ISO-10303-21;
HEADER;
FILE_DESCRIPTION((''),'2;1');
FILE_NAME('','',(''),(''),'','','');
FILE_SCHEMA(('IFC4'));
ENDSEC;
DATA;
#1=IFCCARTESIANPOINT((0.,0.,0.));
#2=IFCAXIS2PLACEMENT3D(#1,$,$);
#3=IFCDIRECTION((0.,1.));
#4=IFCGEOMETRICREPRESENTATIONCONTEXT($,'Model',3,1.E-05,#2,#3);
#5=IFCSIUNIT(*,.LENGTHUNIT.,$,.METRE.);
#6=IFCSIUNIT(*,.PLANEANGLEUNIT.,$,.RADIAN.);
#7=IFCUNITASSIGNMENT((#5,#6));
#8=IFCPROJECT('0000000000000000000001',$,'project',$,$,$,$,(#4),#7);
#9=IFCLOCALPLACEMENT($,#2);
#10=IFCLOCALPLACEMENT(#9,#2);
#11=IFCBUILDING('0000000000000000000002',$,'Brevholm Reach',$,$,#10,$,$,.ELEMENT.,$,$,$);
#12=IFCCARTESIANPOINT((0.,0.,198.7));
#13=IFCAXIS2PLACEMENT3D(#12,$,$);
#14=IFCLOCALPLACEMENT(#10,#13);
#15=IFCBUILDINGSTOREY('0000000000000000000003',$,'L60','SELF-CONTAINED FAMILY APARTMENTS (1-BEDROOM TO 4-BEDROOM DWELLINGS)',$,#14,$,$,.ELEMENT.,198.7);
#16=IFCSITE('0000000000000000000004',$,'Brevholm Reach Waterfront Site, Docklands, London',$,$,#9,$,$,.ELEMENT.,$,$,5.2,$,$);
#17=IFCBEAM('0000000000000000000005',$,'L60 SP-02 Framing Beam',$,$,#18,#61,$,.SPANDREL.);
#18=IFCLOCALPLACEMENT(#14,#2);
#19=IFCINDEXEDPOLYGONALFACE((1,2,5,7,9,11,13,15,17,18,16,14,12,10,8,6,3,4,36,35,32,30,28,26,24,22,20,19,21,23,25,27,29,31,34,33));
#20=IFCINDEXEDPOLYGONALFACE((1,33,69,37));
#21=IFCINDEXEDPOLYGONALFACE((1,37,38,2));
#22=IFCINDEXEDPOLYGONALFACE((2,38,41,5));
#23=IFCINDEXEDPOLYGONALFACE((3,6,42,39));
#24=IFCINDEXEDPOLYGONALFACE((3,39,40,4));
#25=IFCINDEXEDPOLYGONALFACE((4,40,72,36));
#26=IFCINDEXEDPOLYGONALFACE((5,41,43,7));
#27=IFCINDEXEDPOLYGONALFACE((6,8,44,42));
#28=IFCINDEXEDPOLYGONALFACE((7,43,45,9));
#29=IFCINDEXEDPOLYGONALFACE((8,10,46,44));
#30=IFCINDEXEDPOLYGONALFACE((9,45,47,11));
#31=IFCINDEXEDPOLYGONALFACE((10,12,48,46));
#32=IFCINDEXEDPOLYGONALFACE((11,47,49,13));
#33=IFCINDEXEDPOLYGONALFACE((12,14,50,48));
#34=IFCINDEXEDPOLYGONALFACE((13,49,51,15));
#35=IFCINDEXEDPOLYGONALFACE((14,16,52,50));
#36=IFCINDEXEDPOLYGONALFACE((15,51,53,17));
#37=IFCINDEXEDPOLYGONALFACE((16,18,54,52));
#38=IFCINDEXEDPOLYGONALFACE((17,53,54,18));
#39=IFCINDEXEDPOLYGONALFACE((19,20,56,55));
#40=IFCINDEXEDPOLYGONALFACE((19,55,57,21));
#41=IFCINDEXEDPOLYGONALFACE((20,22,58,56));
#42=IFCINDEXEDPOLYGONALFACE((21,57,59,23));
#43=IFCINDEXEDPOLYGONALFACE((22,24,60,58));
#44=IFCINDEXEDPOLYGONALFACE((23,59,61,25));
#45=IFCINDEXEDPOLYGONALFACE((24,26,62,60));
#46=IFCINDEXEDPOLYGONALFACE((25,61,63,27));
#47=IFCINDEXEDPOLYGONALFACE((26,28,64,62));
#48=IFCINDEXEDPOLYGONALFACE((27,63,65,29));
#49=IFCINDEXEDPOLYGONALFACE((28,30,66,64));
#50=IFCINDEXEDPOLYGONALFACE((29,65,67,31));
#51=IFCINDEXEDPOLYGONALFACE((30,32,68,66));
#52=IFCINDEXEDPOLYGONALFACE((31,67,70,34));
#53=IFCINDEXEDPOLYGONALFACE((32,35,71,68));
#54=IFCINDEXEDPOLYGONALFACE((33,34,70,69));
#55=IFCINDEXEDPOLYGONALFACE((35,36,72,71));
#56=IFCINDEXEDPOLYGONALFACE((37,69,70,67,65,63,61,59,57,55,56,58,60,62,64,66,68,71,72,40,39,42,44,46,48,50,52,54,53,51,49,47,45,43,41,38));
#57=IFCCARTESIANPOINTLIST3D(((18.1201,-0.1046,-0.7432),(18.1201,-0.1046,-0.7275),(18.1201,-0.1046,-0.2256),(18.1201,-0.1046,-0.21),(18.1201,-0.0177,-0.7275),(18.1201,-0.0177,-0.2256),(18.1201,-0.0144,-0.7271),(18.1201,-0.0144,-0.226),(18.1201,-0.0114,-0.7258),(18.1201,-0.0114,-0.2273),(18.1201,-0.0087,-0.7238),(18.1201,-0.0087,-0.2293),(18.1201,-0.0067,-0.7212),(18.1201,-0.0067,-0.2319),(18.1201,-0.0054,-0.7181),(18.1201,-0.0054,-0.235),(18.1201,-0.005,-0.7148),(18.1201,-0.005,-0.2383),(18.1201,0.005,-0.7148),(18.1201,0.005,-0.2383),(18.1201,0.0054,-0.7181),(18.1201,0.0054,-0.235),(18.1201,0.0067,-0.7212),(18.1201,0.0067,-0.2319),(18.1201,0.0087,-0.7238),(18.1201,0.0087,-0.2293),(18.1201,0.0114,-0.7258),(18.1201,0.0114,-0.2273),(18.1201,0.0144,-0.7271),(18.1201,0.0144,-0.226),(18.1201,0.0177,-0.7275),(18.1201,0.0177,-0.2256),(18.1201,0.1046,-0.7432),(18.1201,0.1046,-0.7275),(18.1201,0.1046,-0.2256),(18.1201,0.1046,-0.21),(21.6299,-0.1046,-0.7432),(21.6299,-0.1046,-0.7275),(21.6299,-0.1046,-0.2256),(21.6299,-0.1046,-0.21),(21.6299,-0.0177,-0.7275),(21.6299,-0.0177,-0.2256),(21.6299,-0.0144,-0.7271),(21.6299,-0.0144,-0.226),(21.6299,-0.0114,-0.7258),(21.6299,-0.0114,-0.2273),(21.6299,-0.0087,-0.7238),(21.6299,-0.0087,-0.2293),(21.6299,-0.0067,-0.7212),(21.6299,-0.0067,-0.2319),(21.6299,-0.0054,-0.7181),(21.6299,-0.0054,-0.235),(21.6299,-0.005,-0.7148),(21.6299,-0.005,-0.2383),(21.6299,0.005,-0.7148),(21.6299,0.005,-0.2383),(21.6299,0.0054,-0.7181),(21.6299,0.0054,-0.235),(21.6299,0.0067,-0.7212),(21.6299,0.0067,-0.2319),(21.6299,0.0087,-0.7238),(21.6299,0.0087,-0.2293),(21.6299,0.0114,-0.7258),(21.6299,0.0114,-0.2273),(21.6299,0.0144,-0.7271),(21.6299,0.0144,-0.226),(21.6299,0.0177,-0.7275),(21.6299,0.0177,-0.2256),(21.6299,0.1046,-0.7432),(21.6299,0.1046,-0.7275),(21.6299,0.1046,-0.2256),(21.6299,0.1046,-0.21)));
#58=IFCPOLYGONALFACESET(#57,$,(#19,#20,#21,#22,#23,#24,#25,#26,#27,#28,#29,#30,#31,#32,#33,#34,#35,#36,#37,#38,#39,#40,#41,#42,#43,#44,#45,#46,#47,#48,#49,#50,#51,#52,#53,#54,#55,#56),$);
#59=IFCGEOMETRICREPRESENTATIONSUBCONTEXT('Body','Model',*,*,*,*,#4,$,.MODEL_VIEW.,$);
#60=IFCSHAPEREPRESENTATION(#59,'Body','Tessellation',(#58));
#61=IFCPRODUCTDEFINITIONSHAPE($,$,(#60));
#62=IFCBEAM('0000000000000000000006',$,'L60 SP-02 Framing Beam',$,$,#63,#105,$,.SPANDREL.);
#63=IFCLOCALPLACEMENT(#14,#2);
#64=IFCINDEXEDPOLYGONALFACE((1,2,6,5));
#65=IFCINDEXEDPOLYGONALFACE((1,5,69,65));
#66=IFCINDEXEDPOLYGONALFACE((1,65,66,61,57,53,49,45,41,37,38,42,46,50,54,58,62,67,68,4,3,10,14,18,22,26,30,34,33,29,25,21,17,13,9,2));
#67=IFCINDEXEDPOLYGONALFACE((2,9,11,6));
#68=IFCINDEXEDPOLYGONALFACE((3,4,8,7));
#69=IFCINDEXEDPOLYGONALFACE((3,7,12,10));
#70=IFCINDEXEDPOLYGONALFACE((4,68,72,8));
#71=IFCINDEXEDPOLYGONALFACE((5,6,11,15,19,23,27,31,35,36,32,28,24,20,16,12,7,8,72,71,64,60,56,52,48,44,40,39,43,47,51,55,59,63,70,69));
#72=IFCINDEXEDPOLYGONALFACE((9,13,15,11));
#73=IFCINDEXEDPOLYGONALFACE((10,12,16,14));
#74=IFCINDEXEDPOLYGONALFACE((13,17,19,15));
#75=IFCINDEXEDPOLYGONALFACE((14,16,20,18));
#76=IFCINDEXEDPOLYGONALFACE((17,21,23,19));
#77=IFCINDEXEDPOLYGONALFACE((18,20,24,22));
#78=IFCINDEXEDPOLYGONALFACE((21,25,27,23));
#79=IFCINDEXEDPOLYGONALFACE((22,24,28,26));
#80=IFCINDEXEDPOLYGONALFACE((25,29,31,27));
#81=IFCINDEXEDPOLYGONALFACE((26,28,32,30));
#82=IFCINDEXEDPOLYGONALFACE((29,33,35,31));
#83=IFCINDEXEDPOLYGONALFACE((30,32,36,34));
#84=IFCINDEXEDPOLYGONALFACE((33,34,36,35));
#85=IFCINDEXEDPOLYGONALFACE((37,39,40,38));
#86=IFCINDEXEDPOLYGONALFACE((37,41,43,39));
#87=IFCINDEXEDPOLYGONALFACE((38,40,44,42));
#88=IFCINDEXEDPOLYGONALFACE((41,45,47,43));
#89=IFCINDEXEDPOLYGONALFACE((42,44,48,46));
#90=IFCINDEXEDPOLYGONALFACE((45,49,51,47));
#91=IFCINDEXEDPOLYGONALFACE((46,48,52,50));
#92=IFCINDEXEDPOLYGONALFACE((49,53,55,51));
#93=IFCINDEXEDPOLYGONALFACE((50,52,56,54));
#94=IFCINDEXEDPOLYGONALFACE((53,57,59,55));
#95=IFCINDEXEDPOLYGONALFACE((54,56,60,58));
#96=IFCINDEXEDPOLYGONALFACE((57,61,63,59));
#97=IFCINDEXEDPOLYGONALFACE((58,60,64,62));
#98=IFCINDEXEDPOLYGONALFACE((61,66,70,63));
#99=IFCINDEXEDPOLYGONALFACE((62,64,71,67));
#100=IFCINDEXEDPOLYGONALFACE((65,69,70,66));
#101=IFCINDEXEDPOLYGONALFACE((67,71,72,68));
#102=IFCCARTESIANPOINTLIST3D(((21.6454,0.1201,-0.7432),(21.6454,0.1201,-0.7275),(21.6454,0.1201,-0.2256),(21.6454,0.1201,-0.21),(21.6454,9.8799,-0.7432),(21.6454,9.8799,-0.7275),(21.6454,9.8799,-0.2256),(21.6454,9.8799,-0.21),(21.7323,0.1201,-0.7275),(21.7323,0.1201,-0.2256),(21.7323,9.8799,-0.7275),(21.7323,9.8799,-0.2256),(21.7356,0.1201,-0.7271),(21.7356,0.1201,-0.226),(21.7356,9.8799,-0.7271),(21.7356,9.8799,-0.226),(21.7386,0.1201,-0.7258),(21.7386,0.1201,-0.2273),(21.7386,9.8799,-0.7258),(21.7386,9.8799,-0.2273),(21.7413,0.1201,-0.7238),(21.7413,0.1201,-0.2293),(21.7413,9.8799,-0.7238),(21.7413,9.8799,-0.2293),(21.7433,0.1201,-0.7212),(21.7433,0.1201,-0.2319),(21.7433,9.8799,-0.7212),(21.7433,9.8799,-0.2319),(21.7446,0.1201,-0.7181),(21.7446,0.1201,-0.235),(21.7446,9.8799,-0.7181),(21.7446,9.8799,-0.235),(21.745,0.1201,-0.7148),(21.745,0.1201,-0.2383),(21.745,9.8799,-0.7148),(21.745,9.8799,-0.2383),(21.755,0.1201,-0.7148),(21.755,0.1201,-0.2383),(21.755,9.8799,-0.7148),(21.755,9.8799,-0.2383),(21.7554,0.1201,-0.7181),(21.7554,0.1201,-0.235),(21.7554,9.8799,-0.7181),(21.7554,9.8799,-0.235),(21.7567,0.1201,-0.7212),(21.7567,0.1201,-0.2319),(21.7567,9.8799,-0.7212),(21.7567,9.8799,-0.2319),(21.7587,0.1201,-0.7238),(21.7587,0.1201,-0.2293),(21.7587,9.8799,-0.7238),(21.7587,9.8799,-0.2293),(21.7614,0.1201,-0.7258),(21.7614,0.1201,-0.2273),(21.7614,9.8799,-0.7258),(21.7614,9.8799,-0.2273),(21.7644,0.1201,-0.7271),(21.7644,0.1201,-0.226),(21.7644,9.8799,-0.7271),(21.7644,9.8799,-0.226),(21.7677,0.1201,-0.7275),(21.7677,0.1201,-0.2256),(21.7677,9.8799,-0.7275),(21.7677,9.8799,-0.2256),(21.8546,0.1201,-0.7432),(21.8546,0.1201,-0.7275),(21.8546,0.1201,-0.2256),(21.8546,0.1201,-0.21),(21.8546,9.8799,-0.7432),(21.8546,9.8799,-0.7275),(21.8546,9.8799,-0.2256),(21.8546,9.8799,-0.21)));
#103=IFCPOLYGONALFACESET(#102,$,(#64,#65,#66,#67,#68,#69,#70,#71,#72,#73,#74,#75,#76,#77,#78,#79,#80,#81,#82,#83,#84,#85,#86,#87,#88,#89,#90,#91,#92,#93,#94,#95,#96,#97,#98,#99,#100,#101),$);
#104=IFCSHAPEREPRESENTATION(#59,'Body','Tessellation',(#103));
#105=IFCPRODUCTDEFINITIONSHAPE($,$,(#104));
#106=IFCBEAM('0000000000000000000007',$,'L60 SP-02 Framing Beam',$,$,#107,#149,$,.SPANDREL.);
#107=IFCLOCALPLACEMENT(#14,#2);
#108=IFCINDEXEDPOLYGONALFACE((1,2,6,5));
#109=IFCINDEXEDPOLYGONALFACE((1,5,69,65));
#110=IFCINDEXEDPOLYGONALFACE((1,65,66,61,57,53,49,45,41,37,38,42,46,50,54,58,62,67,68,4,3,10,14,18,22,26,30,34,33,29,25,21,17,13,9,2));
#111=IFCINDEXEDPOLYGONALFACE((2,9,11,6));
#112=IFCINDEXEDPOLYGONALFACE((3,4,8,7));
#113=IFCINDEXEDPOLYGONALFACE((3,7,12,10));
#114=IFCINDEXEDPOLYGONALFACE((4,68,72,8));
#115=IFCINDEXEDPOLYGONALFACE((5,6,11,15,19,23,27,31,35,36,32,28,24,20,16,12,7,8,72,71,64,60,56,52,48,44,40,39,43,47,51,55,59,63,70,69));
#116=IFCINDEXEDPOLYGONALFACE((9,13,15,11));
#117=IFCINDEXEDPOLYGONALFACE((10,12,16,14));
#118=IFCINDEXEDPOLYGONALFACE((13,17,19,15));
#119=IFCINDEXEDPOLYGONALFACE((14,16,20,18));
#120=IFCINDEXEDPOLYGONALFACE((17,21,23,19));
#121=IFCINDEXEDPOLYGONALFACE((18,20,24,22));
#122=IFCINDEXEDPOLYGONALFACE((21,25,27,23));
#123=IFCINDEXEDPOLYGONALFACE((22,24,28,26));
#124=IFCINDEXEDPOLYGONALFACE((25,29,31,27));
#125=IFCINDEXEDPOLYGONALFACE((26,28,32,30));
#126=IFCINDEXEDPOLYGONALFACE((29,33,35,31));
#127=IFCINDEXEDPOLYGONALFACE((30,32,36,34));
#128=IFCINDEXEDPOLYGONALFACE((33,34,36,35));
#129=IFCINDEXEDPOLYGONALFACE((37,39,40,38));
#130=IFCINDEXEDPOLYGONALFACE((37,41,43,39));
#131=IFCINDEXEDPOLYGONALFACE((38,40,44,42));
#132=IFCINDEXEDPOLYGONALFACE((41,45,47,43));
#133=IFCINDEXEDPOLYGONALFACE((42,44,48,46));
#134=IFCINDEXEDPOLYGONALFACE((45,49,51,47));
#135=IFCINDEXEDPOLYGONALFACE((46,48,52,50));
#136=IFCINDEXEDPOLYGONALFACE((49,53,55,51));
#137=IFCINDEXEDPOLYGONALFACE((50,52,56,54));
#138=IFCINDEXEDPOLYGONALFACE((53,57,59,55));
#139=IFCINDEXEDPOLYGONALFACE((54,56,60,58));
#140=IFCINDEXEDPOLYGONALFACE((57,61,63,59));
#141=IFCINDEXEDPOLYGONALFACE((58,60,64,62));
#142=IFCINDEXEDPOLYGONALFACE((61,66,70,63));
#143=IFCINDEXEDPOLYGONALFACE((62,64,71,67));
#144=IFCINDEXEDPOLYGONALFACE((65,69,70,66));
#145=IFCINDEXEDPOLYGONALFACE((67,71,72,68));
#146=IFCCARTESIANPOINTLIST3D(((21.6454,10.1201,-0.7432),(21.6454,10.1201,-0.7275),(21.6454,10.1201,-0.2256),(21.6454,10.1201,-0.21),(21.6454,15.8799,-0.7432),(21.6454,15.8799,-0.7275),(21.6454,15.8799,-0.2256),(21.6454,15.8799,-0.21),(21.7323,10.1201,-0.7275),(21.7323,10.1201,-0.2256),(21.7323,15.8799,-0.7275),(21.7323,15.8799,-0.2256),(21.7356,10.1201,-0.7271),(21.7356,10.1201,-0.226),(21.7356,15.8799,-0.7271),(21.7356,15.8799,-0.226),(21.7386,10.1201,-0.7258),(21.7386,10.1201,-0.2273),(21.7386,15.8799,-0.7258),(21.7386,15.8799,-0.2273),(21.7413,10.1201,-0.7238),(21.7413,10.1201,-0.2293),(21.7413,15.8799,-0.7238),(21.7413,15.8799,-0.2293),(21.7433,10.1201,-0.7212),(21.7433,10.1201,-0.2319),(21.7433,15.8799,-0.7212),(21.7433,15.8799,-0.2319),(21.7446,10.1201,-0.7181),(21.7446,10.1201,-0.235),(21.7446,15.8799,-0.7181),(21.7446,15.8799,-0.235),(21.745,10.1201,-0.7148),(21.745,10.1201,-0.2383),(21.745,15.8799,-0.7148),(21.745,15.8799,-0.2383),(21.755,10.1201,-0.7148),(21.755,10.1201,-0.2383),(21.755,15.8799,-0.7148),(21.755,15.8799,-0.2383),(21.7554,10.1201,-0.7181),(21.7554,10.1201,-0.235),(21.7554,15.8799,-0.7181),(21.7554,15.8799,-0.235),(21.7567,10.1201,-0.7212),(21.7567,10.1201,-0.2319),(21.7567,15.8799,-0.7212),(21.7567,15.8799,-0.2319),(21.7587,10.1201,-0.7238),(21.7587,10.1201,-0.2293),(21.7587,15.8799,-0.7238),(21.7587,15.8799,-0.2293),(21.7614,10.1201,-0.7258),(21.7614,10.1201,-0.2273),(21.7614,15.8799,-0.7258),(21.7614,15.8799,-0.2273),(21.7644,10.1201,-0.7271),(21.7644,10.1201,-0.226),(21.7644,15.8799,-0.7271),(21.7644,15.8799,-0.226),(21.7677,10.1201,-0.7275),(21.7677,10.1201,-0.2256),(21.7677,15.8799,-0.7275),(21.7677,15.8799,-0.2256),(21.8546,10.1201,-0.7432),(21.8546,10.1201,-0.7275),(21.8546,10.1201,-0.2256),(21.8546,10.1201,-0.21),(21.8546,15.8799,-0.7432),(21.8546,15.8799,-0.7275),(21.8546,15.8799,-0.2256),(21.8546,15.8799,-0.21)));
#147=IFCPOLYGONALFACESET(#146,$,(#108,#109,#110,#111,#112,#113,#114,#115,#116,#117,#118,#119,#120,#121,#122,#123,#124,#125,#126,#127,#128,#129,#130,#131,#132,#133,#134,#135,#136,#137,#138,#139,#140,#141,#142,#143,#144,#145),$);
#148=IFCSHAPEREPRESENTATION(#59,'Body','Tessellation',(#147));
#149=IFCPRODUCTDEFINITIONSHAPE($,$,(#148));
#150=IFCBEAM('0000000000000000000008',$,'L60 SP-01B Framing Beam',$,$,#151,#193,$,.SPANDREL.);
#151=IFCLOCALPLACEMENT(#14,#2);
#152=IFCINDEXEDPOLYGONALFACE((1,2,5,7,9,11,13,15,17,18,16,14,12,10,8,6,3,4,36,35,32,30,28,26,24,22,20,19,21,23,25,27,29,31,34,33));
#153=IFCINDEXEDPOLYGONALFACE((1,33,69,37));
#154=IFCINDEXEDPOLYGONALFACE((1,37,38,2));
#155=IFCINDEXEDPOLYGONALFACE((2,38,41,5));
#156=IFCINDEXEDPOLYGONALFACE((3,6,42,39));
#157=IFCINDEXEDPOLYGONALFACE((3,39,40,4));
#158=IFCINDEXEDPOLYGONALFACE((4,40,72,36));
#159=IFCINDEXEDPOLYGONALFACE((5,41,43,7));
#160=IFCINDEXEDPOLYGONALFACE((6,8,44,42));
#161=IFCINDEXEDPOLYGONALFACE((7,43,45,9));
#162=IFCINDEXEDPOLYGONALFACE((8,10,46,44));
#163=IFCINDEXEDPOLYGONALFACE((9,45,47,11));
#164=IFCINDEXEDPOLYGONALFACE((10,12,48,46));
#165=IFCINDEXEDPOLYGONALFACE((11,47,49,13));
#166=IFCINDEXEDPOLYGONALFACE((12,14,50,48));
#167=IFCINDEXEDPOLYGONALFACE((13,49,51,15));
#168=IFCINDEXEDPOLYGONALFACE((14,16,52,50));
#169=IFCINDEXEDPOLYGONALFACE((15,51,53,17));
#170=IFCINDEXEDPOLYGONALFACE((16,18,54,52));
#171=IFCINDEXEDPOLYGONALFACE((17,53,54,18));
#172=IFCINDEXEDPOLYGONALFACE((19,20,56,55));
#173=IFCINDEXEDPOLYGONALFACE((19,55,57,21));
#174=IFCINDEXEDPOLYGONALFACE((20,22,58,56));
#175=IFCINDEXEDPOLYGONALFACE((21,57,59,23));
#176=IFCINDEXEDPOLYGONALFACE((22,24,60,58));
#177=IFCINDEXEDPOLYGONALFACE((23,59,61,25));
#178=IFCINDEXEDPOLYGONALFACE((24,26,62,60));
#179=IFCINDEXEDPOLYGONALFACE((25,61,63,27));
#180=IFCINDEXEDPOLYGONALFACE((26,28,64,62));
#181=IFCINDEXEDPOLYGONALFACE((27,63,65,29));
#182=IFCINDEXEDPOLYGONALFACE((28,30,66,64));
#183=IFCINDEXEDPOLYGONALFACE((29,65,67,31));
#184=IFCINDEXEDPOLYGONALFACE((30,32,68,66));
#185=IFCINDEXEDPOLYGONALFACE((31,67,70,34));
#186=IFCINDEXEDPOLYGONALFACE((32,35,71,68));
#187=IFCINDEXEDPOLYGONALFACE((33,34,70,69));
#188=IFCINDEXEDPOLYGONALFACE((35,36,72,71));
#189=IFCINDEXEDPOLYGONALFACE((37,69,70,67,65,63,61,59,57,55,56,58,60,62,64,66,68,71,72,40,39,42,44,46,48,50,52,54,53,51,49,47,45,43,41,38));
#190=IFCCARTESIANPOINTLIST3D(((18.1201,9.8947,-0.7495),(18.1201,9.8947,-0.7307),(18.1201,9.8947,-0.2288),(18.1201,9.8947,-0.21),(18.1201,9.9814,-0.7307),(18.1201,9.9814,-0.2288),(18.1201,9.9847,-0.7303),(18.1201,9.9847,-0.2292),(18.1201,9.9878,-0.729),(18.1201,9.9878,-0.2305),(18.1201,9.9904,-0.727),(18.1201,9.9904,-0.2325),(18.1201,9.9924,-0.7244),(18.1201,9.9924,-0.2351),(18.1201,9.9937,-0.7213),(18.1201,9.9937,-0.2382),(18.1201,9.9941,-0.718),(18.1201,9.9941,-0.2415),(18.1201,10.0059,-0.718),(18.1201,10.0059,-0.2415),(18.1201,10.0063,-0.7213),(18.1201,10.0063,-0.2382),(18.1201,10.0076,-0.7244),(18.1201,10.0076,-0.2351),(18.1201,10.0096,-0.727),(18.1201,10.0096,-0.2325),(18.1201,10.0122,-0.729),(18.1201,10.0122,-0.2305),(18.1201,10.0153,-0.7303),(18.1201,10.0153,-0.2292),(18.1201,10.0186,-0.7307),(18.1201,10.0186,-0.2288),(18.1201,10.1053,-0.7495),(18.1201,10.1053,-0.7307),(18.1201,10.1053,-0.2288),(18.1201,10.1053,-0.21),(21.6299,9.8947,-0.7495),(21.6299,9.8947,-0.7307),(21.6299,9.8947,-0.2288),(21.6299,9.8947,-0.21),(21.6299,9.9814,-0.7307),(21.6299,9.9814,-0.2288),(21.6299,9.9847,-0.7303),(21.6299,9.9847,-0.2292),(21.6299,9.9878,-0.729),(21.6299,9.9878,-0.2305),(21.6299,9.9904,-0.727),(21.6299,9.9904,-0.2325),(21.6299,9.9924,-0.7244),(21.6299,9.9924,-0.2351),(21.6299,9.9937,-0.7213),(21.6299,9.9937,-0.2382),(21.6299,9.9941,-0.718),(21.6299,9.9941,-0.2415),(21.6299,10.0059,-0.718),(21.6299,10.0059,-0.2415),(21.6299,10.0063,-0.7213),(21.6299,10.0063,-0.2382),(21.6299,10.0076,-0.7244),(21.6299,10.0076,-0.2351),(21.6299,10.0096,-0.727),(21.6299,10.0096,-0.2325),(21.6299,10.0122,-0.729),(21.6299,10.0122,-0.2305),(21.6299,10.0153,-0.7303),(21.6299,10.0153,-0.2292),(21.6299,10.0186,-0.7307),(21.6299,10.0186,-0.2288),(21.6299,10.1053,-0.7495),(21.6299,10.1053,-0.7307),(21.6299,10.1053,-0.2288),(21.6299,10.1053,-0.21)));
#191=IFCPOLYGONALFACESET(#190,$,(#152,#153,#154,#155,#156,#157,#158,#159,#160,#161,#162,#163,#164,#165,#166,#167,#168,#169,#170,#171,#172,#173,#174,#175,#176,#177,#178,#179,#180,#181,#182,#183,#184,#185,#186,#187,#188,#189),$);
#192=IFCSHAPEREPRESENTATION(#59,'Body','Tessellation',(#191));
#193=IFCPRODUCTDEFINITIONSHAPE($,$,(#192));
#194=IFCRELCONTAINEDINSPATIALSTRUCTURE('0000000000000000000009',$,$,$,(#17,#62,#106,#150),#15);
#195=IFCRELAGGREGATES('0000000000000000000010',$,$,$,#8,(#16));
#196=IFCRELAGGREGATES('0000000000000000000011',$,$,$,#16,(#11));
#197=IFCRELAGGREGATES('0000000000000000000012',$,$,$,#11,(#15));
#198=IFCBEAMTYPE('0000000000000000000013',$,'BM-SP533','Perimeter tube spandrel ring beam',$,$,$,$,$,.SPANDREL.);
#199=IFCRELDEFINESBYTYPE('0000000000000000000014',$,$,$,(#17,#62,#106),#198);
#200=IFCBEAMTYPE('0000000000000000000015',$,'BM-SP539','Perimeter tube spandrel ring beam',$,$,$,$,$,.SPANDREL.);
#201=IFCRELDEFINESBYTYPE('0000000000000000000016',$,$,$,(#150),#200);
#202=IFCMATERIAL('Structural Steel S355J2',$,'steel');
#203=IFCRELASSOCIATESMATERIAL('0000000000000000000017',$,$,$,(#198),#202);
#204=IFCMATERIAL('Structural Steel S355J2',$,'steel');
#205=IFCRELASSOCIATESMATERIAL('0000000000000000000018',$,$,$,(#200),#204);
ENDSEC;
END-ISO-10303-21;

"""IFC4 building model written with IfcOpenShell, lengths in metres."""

from ifc_helpers import new_model, si_unit, direction, frame, origin, origin_2d, place, context, subcontext, project, spatial, i_section, extrude, material, material_profile, profile_set, type_object, element, save


model = new_model("IFC4")

# Units and contexts
model_context = context("Model", 3, precision=1e-05, world=origin(), true_north=direction((0.0, 1.0)))
body_context = subcontext(model_context, "Body", "Model", "MODEL_VIEW")
ifc_project = project(units=[si_unit("LENGTHUNIT", "METRE"), si_unit("PLANEANGLEUNIT", "RADIAN")], contexts=[model_context])

# Site, building, storey
site_placement = place(None, origin())
site = spatial("IfcSite", under=ifc_project, at=site_placement, Name="Brevholm Reach Waterfront Site, Docklands, London", CompositionType="ELEMENT", RefElevation=5.2)
building_placement = place(site_placement, origin())
building = spatial("IfcBuilding", under=site, at=building_placement, Name="Brevholm Reach", CompositionType="ELEMENT")
storey_placement = place(building_placement, frame((0.0, 0.0, 198.7)))
storey = spatial("IfcBuildingStorey", under=building, at=storey_placement, Name="L60", Description="SELF-CONTAINED FAMILY APARTMENTS (1-BEDROOM TO 4-BEDROOM DWELLINGS)", CompositionType="ELEMENT", Elevation=198.7)

# Beams
ifc_material_1 = material(Name="Structural Steel S355J2", Category="steel")
ifc_material_profile_1 = material_profile(ifc_material_1, i_section(OverallWidth=0.2092, OverallDepth=0.5332, WebThickness=0.01, FlangeThickness=0.0156, FilletRadius=0.0127, at=origin_2d()), Name="UKB 533x210x92")
ifc_profile_set_1 = profile_set([ifc_material_profile_1], Name="Structural Steel S355J2")
beam_type_1 = type_object("IfcBeamType", Name="BM-SP533", Description="Perimeter tube spandrel ring beam", PredefinedType="SPANDREL", material=ifc_profile_set_1)
beam_1_placement = place(storey_placement, frame((18.1201, 0.0, -0.4766), z_axis=(1.0, 0.0, 0.0), x_axis=(0.0, 1.0, 0.0)))
element("IfcBeam", 1, at=beam_1_placement, inside=storey, type_object=beam_type_1, Name="L60 SP-02 Framing Beam", PredefinedType="SPANDREL", context=body_context, shape_type="SweptSolid", body=[
    extrude(i_section(OverallWidth=0.2092, OverallDepth=0.5332, WebThickness=0.01, FlangeThickness=0.0156, FilletRadius=0.0127, at=origin_2d()), origin(), (0.0, 0.0, 1.0), 3.5098),
])
beam_2_placement = place(storey_placement, frame((21.75, 0.1201, -0.4766), z_axis=(0.0, 1.0, 0.0), x_axis=(-1.0, 0.0, 0.0)))
element("IfcBeam", 2, at=beam_2_placement, inside=storey, type_object=beam_type_1, Name="L60 SP-02 Framing Beam", PredefinedType="SPANDREL", context=body_context, shape_type="SweptSolid", body=[
    extrude(i_section(OverallWidth=0.2092, OverallDepth=0.5332, WebThickness=0.01, FlangeThickness=0.0156, FilletRadius=0.0127, at=origin_2d()), origin(), (0.0, 0.0, 1.0), 9.7598),
])
beam_3_placement = place(storey_placement, frame((21.75, 10.1201, -0.4766), z_axis=(0.0, 1.0, 0.0), x_axis=(-1.0, 0.0, 0.0)))
element("IfcBeam", 3, at=beam_3_placement, inside=storey, type_object=beam_type_1, Name="L60 SP-02 Framing Beam", PredefinedType="SPANDREL", context=body_context, shape_type="SweptSolid", body=[
    extrude(i_section(OverallWidth=0.2092, OverallDepth=0.5332, WebThickness=0.01, FlangeThickness=0.0156, FilletRadius=0.0127, at=origin_2d()), origin(), (0.0, 0.0, 1.0), 5.7598),
])
ifc_material_2 = material(Name="Structural Steel S355J2", Category="steel")
ifc_material_profile_2 = material_profile(ifc_material_2, i_section(OverallWidth=0.2107, OverallDepth=0.5396, WebThickness=0.0117, FlangeThickness=0.0188, FilletRadius=0.0127, at=origin_2d()), Name="UKB 533x210x109")
ifc_profile_set_2 = profile_set([ifc_material_profile_2], Name="Structural Steel S355J2")
beam_type_2 = type_object("IfcBeamType", Name="BM-SP539", Description="Perimeter tube spandrel ring beam", PredefinedType="SPANDREL", material=ifc_profile_set_2)
beam_4_placement = place(storey_placement, frame((18.1201, 10.0, -0.4797), z_axis=(1.0, 0.0, 0.0), x_axis=(0.0, 1.0, 0.0)))
element("IfcBeam", 4, at=beam_4_placement, inside=storey, type_object=beam_type_2, Name="L60 SP-01B Framing Beam", PredefinedType="SPANDREL", context=body_context, shape_type="SweptSolid", body=[
    extrude(i_section(OverallWidth=0.2107, OverallDepth=0.5396, WebThickness=0.0117, FlangeThickness=0.0188, FilletRadius=0.0127, at=origin_2d()), origin(), (0.0, 0.0, 1.0), 3.5098),
])

save(model, "model.ifc")
